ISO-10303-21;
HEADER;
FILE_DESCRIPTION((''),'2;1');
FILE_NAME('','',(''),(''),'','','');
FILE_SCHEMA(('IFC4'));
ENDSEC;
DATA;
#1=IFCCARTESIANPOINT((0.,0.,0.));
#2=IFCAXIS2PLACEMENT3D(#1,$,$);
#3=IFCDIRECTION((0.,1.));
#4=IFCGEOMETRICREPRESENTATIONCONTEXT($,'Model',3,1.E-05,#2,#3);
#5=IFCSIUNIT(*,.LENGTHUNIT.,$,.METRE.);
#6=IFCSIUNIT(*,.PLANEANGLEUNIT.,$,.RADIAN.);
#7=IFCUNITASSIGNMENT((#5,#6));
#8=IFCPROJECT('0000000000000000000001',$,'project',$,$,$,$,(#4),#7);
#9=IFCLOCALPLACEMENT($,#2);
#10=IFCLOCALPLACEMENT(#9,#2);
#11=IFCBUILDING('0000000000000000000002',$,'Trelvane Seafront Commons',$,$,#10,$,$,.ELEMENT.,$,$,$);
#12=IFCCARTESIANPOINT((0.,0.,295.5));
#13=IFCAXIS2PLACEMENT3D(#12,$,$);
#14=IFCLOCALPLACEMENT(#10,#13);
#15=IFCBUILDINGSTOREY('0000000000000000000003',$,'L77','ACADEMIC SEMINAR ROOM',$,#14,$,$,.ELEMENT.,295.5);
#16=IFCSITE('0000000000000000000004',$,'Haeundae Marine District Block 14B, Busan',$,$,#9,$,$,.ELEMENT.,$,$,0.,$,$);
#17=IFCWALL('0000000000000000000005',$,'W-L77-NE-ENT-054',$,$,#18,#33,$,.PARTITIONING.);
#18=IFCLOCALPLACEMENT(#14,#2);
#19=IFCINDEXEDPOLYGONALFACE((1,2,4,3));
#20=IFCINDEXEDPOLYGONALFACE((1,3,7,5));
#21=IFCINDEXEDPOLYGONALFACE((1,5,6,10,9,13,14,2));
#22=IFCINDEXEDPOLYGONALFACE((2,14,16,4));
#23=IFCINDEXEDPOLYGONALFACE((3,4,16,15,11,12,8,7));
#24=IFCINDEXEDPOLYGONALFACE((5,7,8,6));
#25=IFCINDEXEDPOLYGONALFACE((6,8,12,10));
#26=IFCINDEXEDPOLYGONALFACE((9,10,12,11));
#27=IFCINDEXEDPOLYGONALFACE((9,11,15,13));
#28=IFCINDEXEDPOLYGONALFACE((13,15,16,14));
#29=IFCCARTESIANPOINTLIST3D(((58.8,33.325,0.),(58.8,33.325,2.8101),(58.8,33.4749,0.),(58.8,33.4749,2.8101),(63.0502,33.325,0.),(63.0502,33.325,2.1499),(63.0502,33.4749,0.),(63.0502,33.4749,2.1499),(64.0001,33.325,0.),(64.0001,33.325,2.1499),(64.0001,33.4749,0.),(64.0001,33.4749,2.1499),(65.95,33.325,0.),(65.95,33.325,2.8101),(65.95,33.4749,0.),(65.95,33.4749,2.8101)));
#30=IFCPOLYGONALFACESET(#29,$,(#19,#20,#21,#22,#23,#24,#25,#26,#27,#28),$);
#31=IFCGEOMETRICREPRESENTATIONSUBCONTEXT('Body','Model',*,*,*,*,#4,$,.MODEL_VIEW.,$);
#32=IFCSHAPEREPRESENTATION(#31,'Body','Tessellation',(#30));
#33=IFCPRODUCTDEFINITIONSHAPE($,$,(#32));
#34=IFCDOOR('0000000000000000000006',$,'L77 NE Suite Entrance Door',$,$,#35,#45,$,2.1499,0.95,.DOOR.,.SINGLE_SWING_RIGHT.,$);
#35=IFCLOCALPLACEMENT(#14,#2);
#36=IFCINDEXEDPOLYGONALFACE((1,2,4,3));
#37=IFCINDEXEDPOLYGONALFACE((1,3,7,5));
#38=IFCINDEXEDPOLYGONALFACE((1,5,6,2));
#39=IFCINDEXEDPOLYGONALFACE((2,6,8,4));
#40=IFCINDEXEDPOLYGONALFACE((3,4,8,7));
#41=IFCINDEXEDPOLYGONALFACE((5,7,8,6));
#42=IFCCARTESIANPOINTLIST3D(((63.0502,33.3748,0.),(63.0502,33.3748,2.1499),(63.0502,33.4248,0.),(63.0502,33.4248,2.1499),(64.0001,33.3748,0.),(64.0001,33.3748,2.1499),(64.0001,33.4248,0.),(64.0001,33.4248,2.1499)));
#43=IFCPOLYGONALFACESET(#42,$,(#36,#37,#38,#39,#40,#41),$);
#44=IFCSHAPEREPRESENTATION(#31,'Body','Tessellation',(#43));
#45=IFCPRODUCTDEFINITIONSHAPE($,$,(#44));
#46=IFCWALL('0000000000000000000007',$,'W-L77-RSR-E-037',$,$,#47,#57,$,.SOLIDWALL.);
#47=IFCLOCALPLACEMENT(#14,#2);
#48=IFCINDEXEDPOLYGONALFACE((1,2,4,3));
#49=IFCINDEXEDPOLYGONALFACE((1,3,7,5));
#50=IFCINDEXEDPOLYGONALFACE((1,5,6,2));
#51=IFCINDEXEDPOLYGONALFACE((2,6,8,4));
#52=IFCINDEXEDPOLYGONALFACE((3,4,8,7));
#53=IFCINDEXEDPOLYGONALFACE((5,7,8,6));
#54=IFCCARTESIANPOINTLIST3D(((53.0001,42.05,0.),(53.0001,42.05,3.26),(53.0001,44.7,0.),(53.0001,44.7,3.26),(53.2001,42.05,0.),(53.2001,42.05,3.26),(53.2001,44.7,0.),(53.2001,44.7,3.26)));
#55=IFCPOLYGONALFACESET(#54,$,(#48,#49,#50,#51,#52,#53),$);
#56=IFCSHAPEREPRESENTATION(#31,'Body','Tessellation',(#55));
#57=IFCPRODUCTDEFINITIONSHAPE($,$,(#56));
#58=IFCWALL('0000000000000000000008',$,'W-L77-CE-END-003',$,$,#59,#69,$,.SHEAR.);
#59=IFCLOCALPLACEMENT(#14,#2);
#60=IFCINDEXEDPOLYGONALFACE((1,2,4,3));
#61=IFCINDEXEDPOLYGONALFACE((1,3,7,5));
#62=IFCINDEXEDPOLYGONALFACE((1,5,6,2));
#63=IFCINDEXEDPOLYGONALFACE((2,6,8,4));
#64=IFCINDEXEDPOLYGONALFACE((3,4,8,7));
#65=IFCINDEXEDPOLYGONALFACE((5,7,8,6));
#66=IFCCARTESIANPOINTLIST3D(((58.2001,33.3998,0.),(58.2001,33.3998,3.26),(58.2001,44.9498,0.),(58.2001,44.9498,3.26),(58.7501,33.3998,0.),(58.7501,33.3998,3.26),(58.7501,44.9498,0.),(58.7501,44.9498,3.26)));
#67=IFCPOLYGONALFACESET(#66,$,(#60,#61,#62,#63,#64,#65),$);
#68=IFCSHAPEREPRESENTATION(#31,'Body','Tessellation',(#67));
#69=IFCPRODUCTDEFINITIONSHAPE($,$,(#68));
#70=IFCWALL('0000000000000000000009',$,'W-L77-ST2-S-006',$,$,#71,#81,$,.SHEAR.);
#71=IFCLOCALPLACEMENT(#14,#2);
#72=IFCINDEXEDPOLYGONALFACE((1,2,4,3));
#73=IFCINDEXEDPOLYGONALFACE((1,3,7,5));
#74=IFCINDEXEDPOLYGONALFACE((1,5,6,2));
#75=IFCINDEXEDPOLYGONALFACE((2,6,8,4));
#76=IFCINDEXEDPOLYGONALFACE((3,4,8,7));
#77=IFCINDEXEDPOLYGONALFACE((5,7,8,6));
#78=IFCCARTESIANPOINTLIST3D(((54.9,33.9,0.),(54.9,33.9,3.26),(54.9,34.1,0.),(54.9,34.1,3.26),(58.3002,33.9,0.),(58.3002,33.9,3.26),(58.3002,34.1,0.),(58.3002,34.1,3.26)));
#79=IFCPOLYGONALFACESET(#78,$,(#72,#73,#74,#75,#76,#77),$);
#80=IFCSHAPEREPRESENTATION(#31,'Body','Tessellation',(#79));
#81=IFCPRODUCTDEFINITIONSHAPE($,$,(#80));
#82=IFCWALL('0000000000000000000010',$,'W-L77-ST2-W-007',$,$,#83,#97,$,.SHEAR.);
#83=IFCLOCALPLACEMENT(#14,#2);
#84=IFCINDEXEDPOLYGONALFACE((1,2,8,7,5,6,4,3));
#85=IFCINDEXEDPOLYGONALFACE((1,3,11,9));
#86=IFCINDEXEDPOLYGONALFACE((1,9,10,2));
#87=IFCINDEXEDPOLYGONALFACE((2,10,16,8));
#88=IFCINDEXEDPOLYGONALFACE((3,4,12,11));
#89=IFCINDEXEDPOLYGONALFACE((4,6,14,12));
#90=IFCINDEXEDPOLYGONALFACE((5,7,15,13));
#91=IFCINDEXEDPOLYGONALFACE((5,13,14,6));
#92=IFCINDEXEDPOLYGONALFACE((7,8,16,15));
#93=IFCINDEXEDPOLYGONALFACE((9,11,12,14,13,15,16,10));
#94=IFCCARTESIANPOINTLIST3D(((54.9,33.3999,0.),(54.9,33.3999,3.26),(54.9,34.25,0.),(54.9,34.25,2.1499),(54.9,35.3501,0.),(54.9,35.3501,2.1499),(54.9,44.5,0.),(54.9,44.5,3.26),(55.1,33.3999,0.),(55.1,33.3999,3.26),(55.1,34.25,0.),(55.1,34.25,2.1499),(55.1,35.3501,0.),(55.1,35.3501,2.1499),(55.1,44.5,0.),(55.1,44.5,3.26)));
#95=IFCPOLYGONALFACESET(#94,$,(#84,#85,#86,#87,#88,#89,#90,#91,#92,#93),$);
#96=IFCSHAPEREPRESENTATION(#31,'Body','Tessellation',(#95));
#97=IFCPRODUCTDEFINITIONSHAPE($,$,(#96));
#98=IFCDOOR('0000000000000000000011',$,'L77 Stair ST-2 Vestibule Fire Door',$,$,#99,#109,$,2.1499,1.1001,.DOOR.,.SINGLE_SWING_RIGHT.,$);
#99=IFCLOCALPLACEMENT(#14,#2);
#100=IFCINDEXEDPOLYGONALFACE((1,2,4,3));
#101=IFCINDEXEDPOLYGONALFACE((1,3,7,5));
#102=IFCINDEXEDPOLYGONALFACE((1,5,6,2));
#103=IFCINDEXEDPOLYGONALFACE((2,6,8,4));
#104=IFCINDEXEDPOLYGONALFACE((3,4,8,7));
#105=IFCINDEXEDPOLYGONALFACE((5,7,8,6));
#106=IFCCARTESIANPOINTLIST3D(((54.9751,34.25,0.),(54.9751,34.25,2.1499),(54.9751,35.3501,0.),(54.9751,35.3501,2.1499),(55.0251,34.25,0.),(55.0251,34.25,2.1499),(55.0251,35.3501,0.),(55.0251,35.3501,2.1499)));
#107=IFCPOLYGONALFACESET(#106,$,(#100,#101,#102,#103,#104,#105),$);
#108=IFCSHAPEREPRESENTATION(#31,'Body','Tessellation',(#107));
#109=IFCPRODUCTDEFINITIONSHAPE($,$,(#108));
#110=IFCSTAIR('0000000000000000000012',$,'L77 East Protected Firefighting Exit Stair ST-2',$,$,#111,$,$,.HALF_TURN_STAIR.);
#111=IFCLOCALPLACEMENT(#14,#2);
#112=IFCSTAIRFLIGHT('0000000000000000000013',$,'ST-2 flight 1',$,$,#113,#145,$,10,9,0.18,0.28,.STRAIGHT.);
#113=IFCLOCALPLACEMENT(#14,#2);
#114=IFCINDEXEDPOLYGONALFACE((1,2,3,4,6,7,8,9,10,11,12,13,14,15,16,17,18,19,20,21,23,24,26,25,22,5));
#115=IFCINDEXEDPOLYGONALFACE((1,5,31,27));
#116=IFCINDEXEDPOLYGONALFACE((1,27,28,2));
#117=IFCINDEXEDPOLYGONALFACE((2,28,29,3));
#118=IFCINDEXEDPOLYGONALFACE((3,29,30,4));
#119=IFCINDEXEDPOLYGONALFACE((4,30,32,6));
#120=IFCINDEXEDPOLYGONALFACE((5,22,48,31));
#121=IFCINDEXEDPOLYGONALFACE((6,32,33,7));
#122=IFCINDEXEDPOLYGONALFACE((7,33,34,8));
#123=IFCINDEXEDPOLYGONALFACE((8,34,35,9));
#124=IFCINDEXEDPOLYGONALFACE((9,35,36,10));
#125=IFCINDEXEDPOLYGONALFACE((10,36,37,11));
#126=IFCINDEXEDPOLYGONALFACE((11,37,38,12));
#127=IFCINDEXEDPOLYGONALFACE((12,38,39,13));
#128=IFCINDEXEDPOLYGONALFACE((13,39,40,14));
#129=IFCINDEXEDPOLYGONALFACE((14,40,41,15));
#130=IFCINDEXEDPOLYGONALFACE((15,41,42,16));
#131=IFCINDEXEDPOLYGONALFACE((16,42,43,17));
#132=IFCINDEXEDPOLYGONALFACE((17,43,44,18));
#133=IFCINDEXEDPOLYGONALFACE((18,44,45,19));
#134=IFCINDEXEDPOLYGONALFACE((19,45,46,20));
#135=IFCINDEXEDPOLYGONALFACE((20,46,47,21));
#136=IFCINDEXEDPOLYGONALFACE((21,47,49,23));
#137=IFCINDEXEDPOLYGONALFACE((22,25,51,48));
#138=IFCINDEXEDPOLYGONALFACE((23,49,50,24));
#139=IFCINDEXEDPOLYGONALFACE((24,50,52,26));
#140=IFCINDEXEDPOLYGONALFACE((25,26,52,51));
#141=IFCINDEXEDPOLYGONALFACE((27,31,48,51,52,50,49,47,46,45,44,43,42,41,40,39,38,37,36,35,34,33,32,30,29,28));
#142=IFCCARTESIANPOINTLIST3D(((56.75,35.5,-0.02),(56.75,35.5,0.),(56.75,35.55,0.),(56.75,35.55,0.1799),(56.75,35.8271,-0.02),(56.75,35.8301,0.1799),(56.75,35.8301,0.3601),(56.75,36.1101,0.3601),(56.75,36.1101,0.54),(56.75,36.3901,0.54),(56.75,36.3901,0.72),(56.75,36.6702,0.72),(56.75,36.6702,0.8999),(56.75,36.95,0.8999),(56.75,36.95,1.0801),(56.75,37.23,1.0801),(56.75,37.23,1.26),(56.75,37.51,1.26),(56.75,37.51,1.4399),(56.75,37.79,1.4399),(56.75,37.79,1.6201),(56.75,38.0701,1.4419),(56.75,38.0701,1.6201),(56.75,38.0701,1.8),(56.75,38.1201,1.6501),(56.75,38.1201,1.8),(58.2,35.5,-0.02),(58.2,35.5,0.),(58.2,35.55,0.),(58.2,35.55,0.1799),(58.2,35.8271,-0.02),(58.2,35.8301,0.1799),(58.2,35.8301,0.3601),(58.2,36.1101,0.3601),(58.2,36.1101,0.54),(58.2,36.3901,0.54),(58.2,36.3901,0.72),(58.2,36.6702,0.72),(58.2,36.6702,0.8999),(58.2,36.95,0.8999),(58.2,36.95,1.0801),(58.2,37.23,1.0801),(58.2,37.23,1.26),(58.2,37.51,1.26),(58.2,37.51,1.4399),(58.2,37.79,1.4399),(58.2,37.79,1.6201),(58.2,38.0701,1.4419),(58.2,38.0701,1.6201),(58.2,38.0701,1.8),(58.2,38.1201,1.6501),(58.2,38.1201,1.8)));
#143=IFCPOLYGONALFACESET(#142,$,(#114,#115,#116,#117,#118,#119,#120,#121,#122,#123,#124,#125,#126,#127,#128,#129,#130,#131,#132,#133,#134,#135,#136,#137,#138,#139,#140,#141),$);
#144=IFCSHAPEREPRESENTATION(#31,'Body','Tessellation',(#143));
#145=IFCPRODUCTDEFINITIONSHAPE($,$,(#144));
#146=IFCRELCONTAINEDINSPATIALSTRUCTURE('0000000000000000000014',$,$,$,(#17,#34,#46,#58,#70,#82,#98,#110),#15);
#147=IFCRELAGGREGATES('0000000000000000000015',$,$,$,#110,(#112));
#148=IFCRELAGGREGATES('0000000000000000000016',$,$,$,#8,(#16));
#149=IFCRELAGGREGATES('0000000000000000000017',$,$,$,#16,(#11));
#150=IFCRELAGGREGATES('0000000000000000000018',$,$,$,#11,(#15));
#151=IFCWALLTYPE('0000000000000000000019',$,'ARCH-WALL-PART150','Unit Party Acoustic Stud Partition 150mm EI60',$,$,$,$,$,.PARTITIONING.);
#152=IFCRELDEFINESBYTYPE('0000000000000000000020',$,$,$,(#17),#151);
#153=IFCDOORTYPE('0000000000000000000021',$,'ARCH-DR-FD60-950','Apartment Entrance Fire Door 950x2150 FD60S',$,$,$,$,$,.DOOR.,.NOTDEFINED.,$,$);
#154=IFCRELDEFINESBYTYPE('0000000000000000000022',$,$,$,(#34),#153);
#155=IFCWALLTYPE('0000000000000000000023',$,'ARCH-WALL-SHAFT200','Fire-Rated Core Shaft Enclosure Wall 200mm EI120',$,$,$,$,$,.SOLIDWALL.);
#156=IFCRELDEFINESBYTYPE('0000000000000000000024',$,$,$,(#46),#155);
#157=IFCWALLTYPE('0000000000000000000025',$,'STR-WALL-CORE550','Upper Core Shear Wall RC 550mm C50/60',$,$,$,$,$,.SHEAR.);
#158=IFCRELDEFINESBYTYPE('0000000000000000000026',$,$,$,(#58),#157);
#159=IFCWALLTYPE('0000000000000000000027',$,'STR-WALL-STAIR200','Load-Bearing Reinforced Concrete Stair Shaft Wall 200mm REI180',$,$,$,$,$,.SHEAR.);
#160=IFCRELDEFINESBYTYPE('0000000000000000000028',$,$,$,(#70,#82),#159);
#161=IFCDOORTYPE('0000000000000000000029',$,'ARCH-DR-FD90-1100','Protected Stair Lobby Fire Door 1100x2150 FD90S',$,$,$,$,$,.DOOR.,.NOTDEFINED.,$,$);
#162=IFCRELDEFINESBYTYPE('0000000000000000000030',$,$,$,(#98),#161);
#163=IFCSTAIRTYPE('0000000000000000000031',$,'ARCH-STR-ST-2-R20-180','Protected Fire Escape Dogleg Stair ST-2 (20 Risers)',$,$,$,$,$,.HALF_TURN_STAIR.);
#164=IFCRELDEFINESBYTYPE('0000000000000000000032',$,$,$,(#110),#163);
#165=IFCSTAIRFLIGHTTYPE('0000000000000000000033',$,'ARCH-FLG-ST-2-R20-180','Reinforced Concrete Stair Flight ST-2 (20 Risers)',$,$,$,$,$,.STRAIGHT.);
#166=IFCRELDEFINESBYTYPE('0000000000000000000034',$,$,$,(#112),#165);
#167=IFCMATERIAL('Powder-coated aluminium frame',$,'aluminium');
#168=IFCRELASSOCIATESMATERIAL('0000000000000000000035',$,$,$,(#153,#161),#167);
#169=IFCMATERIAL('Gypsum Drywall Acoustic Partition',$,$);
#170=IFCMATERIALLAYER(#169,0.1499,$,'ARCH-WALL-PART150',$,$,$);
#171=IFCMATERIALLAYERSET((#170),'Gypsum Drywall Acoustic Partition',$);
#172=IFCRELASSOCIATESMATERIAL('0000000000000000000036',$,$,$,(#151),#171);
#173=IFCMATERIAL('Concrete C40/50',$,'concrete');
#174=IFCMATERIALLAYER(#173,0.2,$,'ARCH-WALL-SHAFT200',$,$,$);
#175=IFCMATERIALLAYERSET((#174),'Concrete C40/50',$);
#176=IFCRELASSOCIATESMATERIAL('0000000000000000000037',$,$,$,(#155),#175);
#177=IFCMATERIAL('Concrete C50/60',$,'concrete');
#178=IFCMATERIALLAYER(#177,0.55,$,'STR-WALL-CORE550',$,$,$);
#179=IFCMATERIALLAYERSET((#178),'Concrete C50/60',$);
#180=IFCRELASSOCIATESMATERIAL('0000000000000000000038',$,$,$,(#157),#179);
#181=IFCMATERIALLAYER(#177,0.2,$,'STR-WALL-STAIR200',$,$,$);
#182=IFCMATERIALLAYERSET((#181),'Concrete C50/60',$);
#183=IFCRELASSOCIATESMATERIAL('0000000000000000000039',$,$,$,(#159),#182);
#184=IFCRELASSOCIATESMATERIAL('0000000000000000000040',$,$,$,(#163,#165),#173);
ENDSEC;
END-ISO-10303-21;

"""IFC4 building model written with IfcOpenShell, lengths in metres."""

from ifc_helpers import new_model, si_unit, direction, frame, frame_2d, origin, place, context, subcontext, project, spatial, polyline, rectangle, outline, extrude, source, transform, mapped, material, layer, layer_set, type_object, element, fill, aggregate, save


model = new_model("IFC4")

# Units and contexts
model_context = context("Model", 3, precision=1e-05, world=origin(), true_north=direction((0.0, 1.0)))
body_context = subcontext(model_context, "Body", "Model", "MODEL_VIEW")
ifc_project = project(units=[si_unit("LENGTHUNIT", "METRE"), si_unit("PLANEANGLEUNIT", "RADIAN")], contexts=[model_context])

# Site, building, storey
site_placement = place(None, origin())
site = spatial("IfcSite", under=ifc_project, at=site_placement, Name="Haeundae Marine District Block 14B, Busan", CompositionType="ELEMENT", RefElevation=0.0)
building_placement = place(site_placement, origin())
building = spatial("IfcBuilding", under=site, at=building_placement, Name="Trelvane Seafront Commons", CompositionType="ELEMENT")
storey_placement = place(building_placement, frame((0.0, 0.0, 295.5)))
storey = spatial("IfcBuildingStorey", under=building, at=storey_placement, Name="L77", Description="ACADEMIC SEMINAR ROOM", CompositionType="ELEMENT", Elevation=295.5)

# Shared definitions
ifc_material_1 = material(Name="Concrete C50/60", Category="concrete")

# Shared definitions
ifc_material_2 = material(Name="Concrete C40/50", Category="concrete")
ifc_material_3 = material(Name="Powder-coated aluminium frame", Category="aluminium")
door_type_1 = type_object("IfcDoorType", Name="ARCH-DR-FD60-950", Description="Apartment Entrance Fire Door 950x2150 FD60S", OperationType="NOTDEFINED", PredefinedType="DOOR", material=ifc_material_3)
shared_shape_1 = source(origin(), body_context, "Body", "SweptSolid", [
    extrude(rectangle(XDim=0.95, YDim=2.1499, at=frame_2d((0.4751, 1.075))), frame((0.0, 0.0249, 0.0), z_axis=(0.0, -1.0, 0.0), x_axis=(1.0, 0.0, 0.0)), (0.0, 0.0, 1.0), 0.05),
])

# Wall, opening, door
ifc_material_4 = material(Name="Gypsum Drywall Acoustic Partition")
ifc_layer_1 = layer(ifc_material_4, 0.1499, Name="ARCH-WALL-PART150")
ifc_layer_set_1 = layer_set([ifc_layer_1], Name="Gypsum Drywall Acoustic Partition")
wall_type_1 = type_object("IfcWallType", Name="ARCH-WALL-PART150", Description="Unit Party Acoustic Stud Partition 150mm EI60", PredefinedType="PARTITIONING", material=ifc_layer_set_1)
wall_1_placement = place(storey_placement, frame((58.8, 33.3999, 0.0), z_axis=(0.0, 0.0, 1.0), x_axis=(1.0, 0.0, 0.0)))
wall_1 = element("IfcWall", 1, at=wall_1_placement, inside=storey, type_object=wall_type_1, Name="W-L77-NE-ENT-054", PredefinedType="PARTITIONING", context=body_context, shape_type="SweptSolid", body=[
    extrude(rectangle(XDim=7.1499, YDim=0.1499, at=frame_2d((3.575, 0.0))), origin(), (0.0, 0.0, 1.0), 2.8101),
])
opening_1_placement = place(wall_1_placement, frame((4.25, 0.0, 0.0)))
opening_1 = element("IfcOpeningElement", 2, at=opening_1_placement, cuts=wall_1, PredefinedType="OPENING", context=body_context, shape_type="SweptSolid", body=[
    extrude(rectangle(XDim=0.95, YDim=2.1499, at=frame_2d((0.4751, 1.075))), frame((0.0, 0.085, 0.0), z_axis=(0.0, -1.0, 0.0), x_axis=(1.0, 0.0, 0.0)), (0.0, 0.0, 1.0), 0.1699),
])
door_1_placement = place(opening_1_placement, origin())
door_1 = element("IfcDoor", 3, at=door_1_placement, inside=storey, type_object=door_type_1, Name="L77 NE Suite Entrance Door", OperationType="SINGLE_SWING_RIGHT", OverallHeight=2.1499, OverallWidth=0.95, PredefinedType="DOOR", context=body_context, shape_type="MappedRepresentation", body=[
    mapped(shared_shape_1, transform((0.0, 0.0, 0.0), x_axis=(1.0, 0.0, 0.0), y_axis=(0.0, 1.0, 0.0), z_axis=(0.0, 0.0, 1.0), scale=1.0)),
])
fill(opening_1, door_1)

# Walls
ifc_layer_2 = layer(ifc_material_2, 0.2, Name="ARCH-WALL-SHAFT200")
ifc_layer_set_2 = layer_set([ifc_layer_2], Name="Concrete C40/50")
wall_type_2 = type_object("IfcWallType", Name="ARCH-WALL-SHAFT200", Description="Fire-Rated Core Shaft Enclosure Wall 200mm EI120", PredefinedType="SOLIDWALL", material=ifc_layer_set_2)
wall_2_placement = place(storey_placement, frame((53.1001, 42.05, 0.0), z_axis=(0.0, 0.0, 1.0), x_axis=(0.0, 1.0, 0.0)))
element("IfcWall", 4, at=wall_2_placement, inside=storey, type_object=wall_type_2, Name="W-L77-RSR-E-037", PredefinedType="SOLIDWALL", context=body_context, shape_type="SweptSolid", body=[
    extrude(rectangle(XDim=2.6499, YDim=0.2, at=frame_2d((1.325, 0.0))), origin(), (0.0, 0.0, 1.0), 3.26),
])
ifc_layer_3 = layer(ifc_material_1, 0.55, Name="STR-WALL-CORE550")
ifc_layer_set_3 = layer_set([ifc_layer_3], Name="Concrete C50/60")
wall_type_3 = type_object("IfcWallType", Name="STR-WALL-CORE550", Description="Upper Core Shear Wall RC 550mm C50/60", PredefinedType="SHEAR", material=ifc_layer_set_3)
wall_3_placement = place(storey_placement, frame((58.4751, 33.3999, 0.0), z_axis=(0.0, 0.0, 1.0), x_axis=(0.0, 1.0, 0.0)))
element("IfcWall", 5, at=wall_3_placement, inside=storey, type_object=wall_type_3, Name="W-L77-CE-END-003", PredefinedType="SHEAR", context=body_context, shape_type="SweptSolid", body=[
    extrude(rectangle(XDim=11.55, YDim=0.55, at=frame_2d((5.7749, 0.0))), origin(), (0.0, 0.0, 1.0), 3.26),
])
ifc_layer_4 = layer(ifc_material_1, 0.2, Name="STR-WALL-STAIR200")
ifc_layer_set_4 = layer_set([ifc_layer_4], Name="Concrete C50/60")
wall_type_4 = type_object("IfcWallType", Name="STR-WALL-STAIR200", Description="Load-Bearing Reinforced Concrete Stair Shaft Wall 200mm REI180", PredefinedType="SHEAR", material=ifc_layer_set_4)
wall_4_placement = place(storey_placement, frame((54.8999, 34.0, 0.0), z_axis=(0.0, 0.0, 1.0), x_axis=(1.0, 0.0, 0.0)))
element("IfcWall", 6, at=wall_4_placement, inside=storey, type_object=wall_type_4, Name="W-L77-ST2-S-006", PredefinedType="SHEAR", context=body_context, shape_type="SweptSolid", body=[
    extrude(rectangle(XDim=3.4001, YDim=0.2, at=frame_2d((1.7002, 0.0))), origin(), (0.0, 0.0, 1.0), 3.26),
])

# Wall, opening, door
wall_5_placement = place(storey_placement, frame((55.0, 33.3999, 0.0), z_axis=(0.0, 0.0, 1.0), x_axis=(0.0, 1.0, 0.0)))
wall_5 = element("IfcWall", 7, at=wall_5_placement, inside=storey, type_object=wall_type_4, Name="W-L77-ST2-W-007", PredefinedType="SHEAR", context=body_context, shape_type="SweptSolid", body=[
    extrude(rectangle(XDim=11.1001, YDim=0.2, at=frame_2d((5.55, 0.0))), origin(), (0.0, 0.0, 1.0), 3.26),
])
opening_2_placement = place(wall_5_placement, frame((0.8501, 0.0, 0.0)))
opening_2 = element("IfcOpeningElement", 8, at=opening_2_placement, cuts=wall_5, PredefinedType="OPENING", context=body_context, shape_type="SweptSolid", body=[
    extrude(rectangle(XDim=1.1001, YDim=2.1499, at=frame_2d((0.55, 1.075))), frame((0.0, 0.1099, 0.0), z_axis=(0.0, -1.0, 0.0), x_axis=(1.0, 0.0, 0.0)), (0.0, 0.0, 1.0), 0.22),
])
door_type_2 = type_object("IfcDoorType", Name="ARCH-DR-FD90-1100", Description="Protected Stair Lobby Fire Door 1100x2150 FD90S", OperationType="NOTDEFINED", PredefinedType="DOOR", material=ifc_material_3)
shared_shape_2 = source(origin(), body_context, "Body", "SweptSolid", [
    extrude(rectangle(XDim=1.1001, YDim=2.1499, at=frame_2d((0.55, 1.075))), frame((0.0, 0.0249, 0.0), z_axis=(0.0, -1.0, 0.0), x_axis=(1.0, 0.0, 0.0)), (0.0, 0.0, 1.0), 0.05),
])
door_2_placement = place(opening_2_placement, origin())
door_2 = element("IfcDoor", 9, at=door_2_placement, inside=storey, type_object=door_type_2, Name="L77 Stair ST-2 Vestibule Fire Door", OperationType="SINGLE_SWING_RIGHT", OverallHeight=2.1499, OverallWidth=1.1001, PredefinedType="DOOR", context=body_context, shape_type="MappedRepresentation", body=[
    mapped(shared_shape_2, transform((0.0, 0.0, 0.0), x_axis=(1.0, 0.0, 0.0), y_axis=(0.0, 1.0, 0.0), z_axis=(0.0, 0.0, 1.0), scale=1.0)),
])
fill(opening_2, door_2)

# Stair, stair flight
stair_type = type_object("IfcStairType", Name="ARCH-STR-ST-2-R20-180", Description="Protected Fire Escape Dogleg Stair ST-2 (20 Risers)", PredefinedType="HALF_TURN_STAIR", material=ifc_material_2)
stair_placement = place(storey_placement, origin())
stair = element("IfcStair", 10, at=stair_placement, inside=storey, type_object=stair_type, Name="L77 East Protected Firefighting Exit Stair ST-2", PredefinedType="HALF_TURN_STAIR")
stair_flight_type = type_object("IfcStairFlightType", Name="ARCH-FLG-ST-2-R20-180", Description="Reinforced Concrete Stair Flight ST-2 (20 Risers)", PredefinedType="STRAIGHT", material=ifc_material_2)
shared_shape_3 = source(origin(), body_context, "Body", "SweptSolid", [
    extrude(outline(polyline([(-0.05, -0.02), (-0.05, 0.0), (0.0, 0.0), (0.0, 0.1799), (0.28, 0.1799), (0.28, 0.3601), (0.5601, 0.3601), (0.5601, 0.54), (0.8401, 0.54), (0.8401, 0.72), (1.1201, 0.72), (1.1201, 0.8999), (1.3999, 0.8999), (1.3999, 1.0801), (1.6799, 1.0801), (1.6799, 1.26), (1.96, 1.26), (1.96, 1.4399), (2.24, 1.4399), (2.24, 1.6201), (2.52, 1.6201), (2.52, 1.8), (2.5701, 1.8), (2.5701, 1.6501), (2.52, 1.4419), (0.2771, -0.02), (-0.05, -0.02)])), frame((0.0, 0.7251, 0.0), z_axis=(0.0, -1.0, 0.0), x_axis=(1.0, 0.0, 0.0)), (0.0, 0.0, 1.0), 1.45),
])
stair_flight_1_placement = place(storey_placement, frame((57.4751, 35.55, 0.0), z_axis=(0.0, 0.0, 1.0), x_axis=(0.0, 1.0, 0.0)))
stair_flight_1 = element("IfcStairFlight", 11, at=stair_flight_1_placement, type_object=stair_flight_type, Name="ST-2 flight 1", NumberOfRisers=10, NumberOfTreads=9, PredefinedType="STRAIGHT", RiserHeight=0.18, TreadLength=0.28, context=body_context, shape_type="MappedRepresentation", body=[
    mapped(shared_shape_3, transform((0.0, 0.0, 0.0), x_axis=(1.0, 0.0, 0.0), y_axis=(0.0, 1.0, 0.0), z_axis=(0.0, 0.0, 1.0), scale=1.0)),
])
aggregate(stair, [stair_flight_1])

save(model, "model.ifc")
